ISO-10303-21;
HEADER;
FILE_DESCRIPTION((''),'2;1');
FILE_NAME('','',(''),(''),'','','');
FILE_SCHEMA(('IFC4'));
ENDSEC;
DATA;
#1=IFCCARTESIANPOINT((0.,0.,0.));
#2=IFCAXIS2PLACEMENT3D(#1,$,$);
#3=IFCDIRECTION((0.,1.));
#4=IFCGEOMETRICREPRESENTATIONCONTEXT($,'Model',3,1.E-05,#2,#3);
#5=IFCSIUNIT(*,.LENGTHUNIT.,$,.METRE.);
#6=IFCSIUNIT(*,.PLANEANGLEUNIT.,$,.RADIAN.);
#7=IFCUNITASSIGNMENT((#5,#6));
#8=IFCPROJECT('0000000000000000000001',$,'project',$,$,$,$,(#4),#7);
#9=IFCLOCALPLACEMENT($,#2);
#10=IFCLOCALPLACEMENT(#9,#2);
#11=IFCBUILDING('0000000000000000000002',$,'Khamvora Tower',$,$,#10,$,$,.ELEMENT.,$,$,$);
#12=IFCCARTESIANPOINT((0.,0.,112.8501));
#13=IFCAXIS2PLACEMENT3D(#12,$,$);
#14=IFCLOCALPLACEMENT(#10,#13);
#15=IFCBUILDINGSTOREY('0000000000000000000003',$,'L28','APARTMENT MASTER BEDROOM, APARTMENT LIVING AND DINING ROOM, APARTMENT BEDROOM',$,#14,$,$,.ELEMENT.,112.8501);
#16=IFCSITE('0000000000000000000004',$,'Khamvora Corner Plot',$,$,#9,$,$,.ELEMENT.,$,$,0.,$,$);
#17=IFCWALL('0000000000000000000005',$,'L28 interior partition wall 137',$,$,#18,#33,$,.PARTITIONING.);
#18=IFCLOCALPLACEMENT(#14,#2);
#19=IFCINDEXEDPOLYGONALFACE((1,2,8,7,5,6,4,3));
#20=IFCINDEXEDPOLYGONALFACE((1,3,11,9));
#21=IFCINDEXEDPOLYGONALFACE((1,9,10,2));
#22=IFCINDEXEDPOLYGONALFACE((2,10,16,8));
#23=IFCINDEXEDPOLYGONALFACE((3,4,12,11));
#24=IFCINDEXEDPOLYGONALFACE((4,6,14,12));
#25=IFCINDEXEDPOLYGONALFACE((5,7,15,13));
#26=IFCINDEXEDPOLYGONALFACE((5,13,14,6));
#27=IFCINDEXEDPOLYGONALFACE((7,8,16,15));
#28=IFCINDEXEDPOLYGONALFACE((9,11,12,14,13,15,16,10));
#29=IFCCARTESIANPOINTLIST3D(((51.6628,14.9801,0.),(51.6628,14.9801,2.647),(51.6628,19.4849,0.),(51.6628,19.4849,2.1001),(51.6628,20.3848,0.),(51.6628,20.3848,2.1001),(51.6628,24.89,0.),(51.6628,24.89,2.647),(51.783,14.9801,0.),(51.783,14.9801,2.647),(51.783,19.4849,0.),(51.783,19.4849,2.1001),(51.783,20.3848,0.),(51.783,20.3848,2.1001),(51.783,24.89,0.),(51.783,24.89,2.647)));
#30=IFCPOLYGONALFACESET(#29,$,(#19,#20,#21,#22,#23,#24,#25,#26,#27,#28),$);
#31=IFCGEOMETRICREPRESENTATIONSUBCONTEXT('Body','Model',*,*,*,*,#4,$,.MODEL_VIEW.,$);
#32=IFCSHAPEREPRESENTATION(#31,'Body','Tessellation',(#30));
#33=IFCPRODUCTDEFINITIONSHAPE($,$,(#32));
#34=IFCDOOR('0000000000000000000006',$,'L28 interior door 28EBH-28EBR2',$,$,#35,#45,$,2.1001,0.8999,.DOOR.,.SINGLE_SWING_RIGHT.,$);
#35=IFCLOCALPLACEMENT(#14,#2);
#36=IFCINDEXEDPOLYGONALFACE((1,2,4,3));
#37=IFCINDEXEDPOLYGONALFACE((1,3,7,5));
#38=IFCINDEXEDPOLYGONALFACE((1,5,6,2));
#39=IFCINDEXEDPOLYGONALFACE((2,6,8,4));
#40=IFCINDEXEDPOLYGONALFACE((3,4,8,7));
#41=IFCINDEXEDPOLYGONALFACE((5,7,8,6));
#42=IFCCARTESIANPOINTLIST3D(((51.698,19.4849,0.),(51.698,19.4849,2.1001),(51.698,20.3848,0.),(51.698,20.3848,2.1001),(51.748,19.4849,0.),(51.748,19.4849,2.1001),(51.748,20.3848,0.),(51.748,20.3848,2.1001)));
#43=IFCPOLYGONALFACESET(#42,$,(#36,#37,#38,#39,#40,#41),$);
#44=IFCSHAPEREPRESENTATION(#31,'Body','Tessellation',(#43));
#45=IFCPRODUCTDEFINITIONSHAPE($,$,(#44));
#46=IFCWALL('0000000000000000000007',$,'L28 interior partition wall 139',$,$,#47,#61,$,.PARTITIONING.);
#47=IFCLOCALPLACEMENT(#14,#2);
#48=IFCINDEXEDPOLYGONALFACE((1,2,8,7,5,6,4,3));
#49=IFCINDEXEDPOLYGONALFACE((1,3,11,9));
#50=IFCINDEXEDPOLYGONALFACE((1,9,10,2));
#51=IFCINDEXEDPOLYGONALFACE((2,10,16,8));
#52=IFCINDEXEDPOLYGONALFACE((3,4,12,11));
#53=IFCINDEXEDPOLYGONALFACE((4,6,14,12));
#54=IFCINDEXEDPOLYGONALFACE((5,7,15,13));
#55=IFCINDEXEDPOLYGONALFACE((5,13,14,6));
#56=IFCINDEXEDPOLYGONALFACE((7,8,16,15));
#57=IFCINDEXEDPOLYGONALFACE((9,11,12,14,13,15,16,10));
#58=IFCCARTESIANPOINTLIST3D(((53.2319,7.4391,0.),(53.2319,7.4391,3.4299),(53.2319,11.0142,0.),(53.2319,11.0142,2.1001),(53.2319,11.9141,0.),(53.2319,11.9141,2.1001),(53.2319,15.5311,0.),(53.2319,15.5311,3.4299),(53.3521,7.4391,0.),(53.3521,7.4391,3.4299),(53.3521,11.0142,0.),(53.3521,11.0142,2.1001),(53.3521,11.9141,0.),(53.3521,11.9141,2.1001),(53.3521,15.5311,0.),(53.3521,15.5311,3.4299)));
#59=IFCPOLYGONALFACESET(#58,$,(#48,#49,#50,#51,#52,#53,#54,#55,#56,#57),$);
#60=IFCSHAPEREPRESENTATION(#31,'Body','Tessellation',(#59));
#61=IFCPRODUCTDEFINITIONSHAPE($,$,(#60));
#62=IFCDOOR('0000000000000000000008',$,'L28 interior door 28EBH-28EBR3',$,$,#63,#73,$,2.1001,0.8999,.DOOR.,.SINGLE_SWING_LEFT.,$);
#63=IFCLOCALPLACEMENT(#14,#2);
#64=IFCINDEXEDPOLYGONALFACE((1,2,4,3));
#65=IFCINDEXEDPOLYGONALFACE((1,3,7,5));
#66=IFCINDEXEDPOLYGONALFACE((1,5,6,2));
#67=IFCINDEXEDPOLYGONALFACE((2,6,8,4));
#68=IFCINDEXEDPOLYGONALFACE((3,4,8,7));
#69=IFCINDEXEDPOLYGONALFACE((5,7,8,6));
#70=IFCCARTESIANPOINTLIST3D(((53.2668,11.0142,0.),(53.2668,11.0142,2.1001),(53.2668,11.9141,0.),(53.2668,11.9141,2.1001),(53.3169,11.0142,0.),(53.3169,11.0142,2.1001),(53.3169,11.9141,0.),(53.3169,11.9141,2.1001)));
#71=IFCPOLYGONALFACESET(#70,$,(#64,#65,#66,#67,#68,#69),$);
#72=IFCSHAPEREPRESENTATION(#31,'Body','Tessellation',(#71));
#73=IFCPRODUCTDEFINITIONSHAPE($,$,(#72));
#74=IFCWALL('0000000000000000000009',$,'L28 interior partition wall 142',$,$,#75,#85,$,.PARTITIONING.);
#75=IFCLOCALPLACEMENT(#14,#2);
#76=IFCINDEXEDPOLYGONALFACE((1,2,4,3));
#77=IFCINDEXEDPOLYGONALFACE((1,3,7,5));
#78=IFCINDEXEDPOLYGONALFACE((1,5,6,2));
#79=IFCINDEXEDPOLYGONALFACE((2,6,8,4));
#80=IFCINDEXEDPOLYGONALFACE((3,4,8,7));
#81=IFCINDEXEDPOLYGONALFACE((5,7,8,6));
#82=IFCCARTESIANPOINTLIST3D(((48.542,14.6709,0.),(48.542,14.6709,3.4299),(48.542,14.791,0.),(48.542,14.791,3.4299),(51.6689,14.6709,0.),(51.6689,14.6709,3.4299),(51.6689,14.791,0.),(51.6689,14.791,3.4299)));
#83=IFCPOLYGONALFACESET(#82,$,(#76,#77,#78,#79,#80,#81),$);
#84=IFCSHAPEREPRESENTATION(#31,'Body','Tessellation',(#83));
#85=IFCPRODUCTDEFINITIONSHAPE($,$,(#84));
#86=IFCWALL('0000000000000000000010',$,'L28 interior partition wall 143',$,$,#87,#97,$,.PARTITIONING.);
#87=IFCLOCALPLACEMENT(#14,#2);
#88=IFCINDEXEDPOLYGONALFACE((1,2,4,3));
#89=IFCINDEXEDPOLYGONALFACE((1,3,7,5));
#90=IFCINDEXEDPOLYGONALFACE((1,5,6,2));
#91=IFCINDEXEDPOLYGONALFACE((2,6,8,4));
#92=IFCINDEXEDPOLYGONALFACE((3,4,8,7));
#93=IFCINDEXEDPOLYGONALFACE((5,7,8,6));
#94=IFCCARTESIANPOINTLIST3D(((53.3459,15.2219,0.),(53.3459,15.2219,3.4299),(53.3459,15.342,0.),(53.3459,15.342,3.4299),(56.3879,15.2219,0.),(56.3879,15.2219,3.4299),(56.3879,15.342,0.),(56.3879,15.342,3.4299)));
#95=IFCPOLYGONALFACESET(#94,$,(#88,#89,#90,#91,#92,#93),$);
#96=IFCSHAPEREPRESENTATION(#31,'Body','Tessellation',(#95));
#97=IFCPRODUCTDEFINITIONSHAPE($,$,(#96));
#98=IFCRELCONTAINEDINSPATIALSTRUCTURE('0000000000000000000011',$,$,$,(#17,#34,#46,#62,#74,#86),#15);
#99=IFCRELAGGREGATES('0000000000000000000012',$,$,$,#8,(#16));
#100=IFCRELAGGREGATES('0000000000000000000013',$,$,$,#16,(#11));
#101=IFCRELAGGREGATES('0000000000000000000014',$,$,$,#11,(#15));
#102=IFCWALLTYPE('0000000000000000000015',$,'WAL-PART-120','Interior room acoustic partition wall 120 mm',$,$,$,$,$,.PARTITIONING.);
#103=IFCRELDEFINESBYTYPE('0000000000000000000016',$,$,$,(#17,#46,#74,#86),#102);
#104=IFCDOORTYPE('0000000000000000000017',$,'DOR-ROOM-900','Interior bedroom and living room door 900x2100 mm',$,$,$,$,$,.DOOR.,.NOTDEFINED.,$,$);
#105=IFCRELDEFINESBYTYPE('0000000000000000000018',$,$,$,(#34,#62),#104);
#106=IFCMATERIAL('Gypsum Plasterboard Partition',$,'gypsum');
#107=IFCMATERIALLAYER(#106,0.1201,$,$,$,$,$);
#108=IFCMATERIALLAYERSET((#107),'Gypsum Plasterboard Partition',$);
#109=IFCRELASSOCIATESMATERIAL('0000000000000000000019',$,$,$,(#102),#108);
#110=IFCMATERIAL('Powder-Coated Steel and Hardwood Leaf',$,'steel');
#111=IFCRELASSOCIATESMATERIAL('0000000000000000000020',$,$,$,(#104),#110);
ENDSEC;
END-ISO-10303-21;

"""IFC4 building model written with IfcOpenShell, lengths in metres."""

from ifc_helpers import new_model, si_unit, direction, frame, frame_2d, origin, place, context, subcontext, project, spatial, rectangle, extrude, material, layer, layer_set, type_object, element, fill, save


model = new_model("IFC4")

# Units and contexts
model_context = context("Model", 3, precision=1e-05, world=origin(), true_north=direction((0.0, 1.0)))
body_context = subcontext(model_context, "Body", "Model", "MODEL_VIEW")
ifc_project = project(units=[si_unit("LENGTHUNIT", "METRE"), si_unit("PLANEANGLEUNIT", "RADIAN")], contexts=[model_context])

# Site, building, storey
site_placement = place(None, origin())
site = spatial("IfcSite", under=ifc_project, at=site_placement, Name="Khamvora Corner Plot", CompositionType="ELEMENT", RefElevation=0.0)
building_placement = place(site_placement, origin())
building = spatial("IfcBuilding", under=site, at=building_placement, Name="Khamvora Tower", CompositionType="ELEMENT")
storey_placement = place(building_placement, frame((0.0, 0.0, 112.8501)))
storey = spatial("IfcBuildingStorey", under=building, at=storey_placement, Name="L28", Description="APARTMENT MASTER BEDROOM, APARTMENT LIVING AND DINING ROOM, APARTMENT BEDROOM", CompositionType="ELEMENT", Elevation=112.8501)

# Walls, openings, doors
ifc_material_1 = material(Name="Gypsum Plasterboard Partition", Category="gypsum")
ifc_layer_1 = layer(ifc_material_1, 0.1201)
ifc_layer_set_1 = layer_set([ifc_layer_1], Name="Gypsum Plasterboard Partition")
wall_type_1 = type_object("IfcWallType", Name="WAL-PART-120", Description="Interior room acoustic partition wall 120 mm", PredefinedType="PARTITIONING", material=ifc_layer_set_1)
ifc_material_2 = material(Name="Powder-Coated Steel and Hardwood Leaf", Category="steel")
door_type = type_object("IfcDoorType", Name="DOR-ROOM-900", Description="Interior bedroom and living room door 900x2100 mm", OperationType="NOTDEFINED", PredefinedType="DOOR", material=ifc_material_2)
wall_1_placement = place(storey_placement, frame((51.7229, 14.98, 0.0), z_axis=(0.0, 0.0, 1.0), x_axis=(0.0, 1.0, 0.0)))
wall_1 = element("IfcWall", 1, at=wall_1_placement, inside=storey, type_object=wall_type_1, Name="L28 interior partition wall 137", PredefinedType="PARTITIONING", context=body_context, shape_type="SweptSolid", body=[
    extrude(rectangle(XDim=9.9099, YDim=0.1201, at=frame_2d((4.9551, 0.0))), origin(), (0.0, 0.0, 1.0), 2.647),
])
opening_1_placement = place(wall_1_placement, frame((4.5049, 0.0, 0.0)))
opening_1 = element("IfcOpeningElement", 2, at=opening_1_placement, cuts=wall_1, PredefinedType="OPENING", context=body_context, shape_type="SweptSolid", body=[
    extrude(rectangle(XDim=0.8999, YDim=2.1001, at=frame_2d((0.45, 1.05))), frame((0.0, 0.0701, 0.0), z_axis=(0.0, -1.0, 0.0), x_axis=(1.0, 0.0, 0.0)), (0.0, 0.0, 1.0), 0.1401),
])
door_1_placement = place(opening_1_placement, origin())
door_1 = element("IfcDoor", 3, at=door_1_placement, inside=storey, type_object=door_type, Name="L28 interior door 28EBH-28EBR2", OperationType="SINGLE_SWING_RIGHT", OverallHeight=2.1001, OverallWidth=0.8999, PredefinedType="DOOR", context=body_context, shape_type="SweptSolid", body=[
    extrude(rectangle(XDim=0.8999, YDim=2.1001, at=frame_2d((0.45, 1.05))), frame((0.0, 0.0249, 0.0), z_axis=(0.0, -1.0, 0.0), x_axis=(1.0, 0.0, 0.0)), (0.0, 0.0, 1.0), 0.05),
])
fill(opening_1, door_1)
wall_2_placement = place(storey_placement, frame((53.292, 15.531, 0.0), z_axis=(0.0, 0.0, 1.0), x_axis=(0.0, -1.0, 0.0)))
wall_2 = element("IfcWall", 4, at=wall_2_placement, inside=storey, type_object=wall_type_1, Name="L28 interior partition wall 139", PredefinedType="PARTITIONING", context=body_context, shape_type="SweptSolid", body=[
    extrude(rectangle(XDim=8.092, YDim=0.1201, at=frame_2d((4.0459, 0.0))), origin(), (0.0, 0.0, 1.0), 3.4299),
])
opening_2_placement = place(wall_2_placement, frame((3.6169, 0.0, 0.0)))
opening_2 = element("IfcOpeningElement", 5, at=opening_2_placement, cuts=wall_2, PredefinedType="OPENING", context=body_context, shape_type="SweptSolid", body=[
    extrude(rectangle(XDim=0.8999, YDim=2.1001, at=frame_2d((0.45, 1.05))), frame((0.0, 0.0701, 0.0), z_axis=(0.0, -1.0, 0.0), x_axis=(1.0, 0.0, 0.0)), (0.0, 0.0, 1.0), 0.1401),
])
door_2_placement = place(opening_2_placement, origin())
door_2 = element("IfcDoor", 6, at=door_2_placement, inside=storey, type_object=door_type, Name="L28 interior door 28EBH-28EBR3", OperationType="SINGLE_SWING_LEFT", OverallHeight=2.1001, OverallWidth=0.8999, PredefinedType="DOOR", context=body_context, shape_type="SweptSolid", body=[
    extrude(rectangle(XDim=0.8999, YDim=2.1001, at=frame_2d((0.45, 1.05))), frame((0.0, 0.0249, 0.0), z_axis=(0.0, -1.0, 0.0), x_axis=(1.0, 0.0, 0.0)), (0.0, 0.0, 1.0), 0.05),
])
fill(opening_2, door_2)

# Walls
wall_3_placement = place(storey_placement, frame((48.542, 14.731, 0.0), z_axis=(0.0, 0.0, 1.0), x_axis=(1.0, 0.0, 0.0)))
element("IfcWall", 7, at=wall_3_placement, inside=storey, type_object=wall_type_1, Name="L28 interior partition wall 142", PredefinedType="PARTITIONING", context=body_context, shape_type="SweptSolid", body=[
    extrude(rectangle(XDim=3.127, YDim=0.1201, at=frame_2d((1.5635, 0.0))), origin(), (0.0, 0.0, 1.0), 3.4299),
])
wall_4_placement = place(storey_placement, frame((53.3459, 15.282, 0.0), z_axis=(0.0, 0.0, 1.0), x_axis=(1.0, 0.0, 0.0)))
element("IfcWall", 8, at=wall_4_placement, inside=storey, type_object=wall_type_1, Name="L28 interior partition wall 143", PredefinedType="PARTITIONING", context=body_context, shape_type="SweptSolid", body=[
    extrude(rectangle(XDim=3.042, YDim=0.1201, at=frame_2d((1.521, 0.0))), origin(), (0.0, 0.0, 1.0), 3.4299),
])

save(model, "model.ifc")
